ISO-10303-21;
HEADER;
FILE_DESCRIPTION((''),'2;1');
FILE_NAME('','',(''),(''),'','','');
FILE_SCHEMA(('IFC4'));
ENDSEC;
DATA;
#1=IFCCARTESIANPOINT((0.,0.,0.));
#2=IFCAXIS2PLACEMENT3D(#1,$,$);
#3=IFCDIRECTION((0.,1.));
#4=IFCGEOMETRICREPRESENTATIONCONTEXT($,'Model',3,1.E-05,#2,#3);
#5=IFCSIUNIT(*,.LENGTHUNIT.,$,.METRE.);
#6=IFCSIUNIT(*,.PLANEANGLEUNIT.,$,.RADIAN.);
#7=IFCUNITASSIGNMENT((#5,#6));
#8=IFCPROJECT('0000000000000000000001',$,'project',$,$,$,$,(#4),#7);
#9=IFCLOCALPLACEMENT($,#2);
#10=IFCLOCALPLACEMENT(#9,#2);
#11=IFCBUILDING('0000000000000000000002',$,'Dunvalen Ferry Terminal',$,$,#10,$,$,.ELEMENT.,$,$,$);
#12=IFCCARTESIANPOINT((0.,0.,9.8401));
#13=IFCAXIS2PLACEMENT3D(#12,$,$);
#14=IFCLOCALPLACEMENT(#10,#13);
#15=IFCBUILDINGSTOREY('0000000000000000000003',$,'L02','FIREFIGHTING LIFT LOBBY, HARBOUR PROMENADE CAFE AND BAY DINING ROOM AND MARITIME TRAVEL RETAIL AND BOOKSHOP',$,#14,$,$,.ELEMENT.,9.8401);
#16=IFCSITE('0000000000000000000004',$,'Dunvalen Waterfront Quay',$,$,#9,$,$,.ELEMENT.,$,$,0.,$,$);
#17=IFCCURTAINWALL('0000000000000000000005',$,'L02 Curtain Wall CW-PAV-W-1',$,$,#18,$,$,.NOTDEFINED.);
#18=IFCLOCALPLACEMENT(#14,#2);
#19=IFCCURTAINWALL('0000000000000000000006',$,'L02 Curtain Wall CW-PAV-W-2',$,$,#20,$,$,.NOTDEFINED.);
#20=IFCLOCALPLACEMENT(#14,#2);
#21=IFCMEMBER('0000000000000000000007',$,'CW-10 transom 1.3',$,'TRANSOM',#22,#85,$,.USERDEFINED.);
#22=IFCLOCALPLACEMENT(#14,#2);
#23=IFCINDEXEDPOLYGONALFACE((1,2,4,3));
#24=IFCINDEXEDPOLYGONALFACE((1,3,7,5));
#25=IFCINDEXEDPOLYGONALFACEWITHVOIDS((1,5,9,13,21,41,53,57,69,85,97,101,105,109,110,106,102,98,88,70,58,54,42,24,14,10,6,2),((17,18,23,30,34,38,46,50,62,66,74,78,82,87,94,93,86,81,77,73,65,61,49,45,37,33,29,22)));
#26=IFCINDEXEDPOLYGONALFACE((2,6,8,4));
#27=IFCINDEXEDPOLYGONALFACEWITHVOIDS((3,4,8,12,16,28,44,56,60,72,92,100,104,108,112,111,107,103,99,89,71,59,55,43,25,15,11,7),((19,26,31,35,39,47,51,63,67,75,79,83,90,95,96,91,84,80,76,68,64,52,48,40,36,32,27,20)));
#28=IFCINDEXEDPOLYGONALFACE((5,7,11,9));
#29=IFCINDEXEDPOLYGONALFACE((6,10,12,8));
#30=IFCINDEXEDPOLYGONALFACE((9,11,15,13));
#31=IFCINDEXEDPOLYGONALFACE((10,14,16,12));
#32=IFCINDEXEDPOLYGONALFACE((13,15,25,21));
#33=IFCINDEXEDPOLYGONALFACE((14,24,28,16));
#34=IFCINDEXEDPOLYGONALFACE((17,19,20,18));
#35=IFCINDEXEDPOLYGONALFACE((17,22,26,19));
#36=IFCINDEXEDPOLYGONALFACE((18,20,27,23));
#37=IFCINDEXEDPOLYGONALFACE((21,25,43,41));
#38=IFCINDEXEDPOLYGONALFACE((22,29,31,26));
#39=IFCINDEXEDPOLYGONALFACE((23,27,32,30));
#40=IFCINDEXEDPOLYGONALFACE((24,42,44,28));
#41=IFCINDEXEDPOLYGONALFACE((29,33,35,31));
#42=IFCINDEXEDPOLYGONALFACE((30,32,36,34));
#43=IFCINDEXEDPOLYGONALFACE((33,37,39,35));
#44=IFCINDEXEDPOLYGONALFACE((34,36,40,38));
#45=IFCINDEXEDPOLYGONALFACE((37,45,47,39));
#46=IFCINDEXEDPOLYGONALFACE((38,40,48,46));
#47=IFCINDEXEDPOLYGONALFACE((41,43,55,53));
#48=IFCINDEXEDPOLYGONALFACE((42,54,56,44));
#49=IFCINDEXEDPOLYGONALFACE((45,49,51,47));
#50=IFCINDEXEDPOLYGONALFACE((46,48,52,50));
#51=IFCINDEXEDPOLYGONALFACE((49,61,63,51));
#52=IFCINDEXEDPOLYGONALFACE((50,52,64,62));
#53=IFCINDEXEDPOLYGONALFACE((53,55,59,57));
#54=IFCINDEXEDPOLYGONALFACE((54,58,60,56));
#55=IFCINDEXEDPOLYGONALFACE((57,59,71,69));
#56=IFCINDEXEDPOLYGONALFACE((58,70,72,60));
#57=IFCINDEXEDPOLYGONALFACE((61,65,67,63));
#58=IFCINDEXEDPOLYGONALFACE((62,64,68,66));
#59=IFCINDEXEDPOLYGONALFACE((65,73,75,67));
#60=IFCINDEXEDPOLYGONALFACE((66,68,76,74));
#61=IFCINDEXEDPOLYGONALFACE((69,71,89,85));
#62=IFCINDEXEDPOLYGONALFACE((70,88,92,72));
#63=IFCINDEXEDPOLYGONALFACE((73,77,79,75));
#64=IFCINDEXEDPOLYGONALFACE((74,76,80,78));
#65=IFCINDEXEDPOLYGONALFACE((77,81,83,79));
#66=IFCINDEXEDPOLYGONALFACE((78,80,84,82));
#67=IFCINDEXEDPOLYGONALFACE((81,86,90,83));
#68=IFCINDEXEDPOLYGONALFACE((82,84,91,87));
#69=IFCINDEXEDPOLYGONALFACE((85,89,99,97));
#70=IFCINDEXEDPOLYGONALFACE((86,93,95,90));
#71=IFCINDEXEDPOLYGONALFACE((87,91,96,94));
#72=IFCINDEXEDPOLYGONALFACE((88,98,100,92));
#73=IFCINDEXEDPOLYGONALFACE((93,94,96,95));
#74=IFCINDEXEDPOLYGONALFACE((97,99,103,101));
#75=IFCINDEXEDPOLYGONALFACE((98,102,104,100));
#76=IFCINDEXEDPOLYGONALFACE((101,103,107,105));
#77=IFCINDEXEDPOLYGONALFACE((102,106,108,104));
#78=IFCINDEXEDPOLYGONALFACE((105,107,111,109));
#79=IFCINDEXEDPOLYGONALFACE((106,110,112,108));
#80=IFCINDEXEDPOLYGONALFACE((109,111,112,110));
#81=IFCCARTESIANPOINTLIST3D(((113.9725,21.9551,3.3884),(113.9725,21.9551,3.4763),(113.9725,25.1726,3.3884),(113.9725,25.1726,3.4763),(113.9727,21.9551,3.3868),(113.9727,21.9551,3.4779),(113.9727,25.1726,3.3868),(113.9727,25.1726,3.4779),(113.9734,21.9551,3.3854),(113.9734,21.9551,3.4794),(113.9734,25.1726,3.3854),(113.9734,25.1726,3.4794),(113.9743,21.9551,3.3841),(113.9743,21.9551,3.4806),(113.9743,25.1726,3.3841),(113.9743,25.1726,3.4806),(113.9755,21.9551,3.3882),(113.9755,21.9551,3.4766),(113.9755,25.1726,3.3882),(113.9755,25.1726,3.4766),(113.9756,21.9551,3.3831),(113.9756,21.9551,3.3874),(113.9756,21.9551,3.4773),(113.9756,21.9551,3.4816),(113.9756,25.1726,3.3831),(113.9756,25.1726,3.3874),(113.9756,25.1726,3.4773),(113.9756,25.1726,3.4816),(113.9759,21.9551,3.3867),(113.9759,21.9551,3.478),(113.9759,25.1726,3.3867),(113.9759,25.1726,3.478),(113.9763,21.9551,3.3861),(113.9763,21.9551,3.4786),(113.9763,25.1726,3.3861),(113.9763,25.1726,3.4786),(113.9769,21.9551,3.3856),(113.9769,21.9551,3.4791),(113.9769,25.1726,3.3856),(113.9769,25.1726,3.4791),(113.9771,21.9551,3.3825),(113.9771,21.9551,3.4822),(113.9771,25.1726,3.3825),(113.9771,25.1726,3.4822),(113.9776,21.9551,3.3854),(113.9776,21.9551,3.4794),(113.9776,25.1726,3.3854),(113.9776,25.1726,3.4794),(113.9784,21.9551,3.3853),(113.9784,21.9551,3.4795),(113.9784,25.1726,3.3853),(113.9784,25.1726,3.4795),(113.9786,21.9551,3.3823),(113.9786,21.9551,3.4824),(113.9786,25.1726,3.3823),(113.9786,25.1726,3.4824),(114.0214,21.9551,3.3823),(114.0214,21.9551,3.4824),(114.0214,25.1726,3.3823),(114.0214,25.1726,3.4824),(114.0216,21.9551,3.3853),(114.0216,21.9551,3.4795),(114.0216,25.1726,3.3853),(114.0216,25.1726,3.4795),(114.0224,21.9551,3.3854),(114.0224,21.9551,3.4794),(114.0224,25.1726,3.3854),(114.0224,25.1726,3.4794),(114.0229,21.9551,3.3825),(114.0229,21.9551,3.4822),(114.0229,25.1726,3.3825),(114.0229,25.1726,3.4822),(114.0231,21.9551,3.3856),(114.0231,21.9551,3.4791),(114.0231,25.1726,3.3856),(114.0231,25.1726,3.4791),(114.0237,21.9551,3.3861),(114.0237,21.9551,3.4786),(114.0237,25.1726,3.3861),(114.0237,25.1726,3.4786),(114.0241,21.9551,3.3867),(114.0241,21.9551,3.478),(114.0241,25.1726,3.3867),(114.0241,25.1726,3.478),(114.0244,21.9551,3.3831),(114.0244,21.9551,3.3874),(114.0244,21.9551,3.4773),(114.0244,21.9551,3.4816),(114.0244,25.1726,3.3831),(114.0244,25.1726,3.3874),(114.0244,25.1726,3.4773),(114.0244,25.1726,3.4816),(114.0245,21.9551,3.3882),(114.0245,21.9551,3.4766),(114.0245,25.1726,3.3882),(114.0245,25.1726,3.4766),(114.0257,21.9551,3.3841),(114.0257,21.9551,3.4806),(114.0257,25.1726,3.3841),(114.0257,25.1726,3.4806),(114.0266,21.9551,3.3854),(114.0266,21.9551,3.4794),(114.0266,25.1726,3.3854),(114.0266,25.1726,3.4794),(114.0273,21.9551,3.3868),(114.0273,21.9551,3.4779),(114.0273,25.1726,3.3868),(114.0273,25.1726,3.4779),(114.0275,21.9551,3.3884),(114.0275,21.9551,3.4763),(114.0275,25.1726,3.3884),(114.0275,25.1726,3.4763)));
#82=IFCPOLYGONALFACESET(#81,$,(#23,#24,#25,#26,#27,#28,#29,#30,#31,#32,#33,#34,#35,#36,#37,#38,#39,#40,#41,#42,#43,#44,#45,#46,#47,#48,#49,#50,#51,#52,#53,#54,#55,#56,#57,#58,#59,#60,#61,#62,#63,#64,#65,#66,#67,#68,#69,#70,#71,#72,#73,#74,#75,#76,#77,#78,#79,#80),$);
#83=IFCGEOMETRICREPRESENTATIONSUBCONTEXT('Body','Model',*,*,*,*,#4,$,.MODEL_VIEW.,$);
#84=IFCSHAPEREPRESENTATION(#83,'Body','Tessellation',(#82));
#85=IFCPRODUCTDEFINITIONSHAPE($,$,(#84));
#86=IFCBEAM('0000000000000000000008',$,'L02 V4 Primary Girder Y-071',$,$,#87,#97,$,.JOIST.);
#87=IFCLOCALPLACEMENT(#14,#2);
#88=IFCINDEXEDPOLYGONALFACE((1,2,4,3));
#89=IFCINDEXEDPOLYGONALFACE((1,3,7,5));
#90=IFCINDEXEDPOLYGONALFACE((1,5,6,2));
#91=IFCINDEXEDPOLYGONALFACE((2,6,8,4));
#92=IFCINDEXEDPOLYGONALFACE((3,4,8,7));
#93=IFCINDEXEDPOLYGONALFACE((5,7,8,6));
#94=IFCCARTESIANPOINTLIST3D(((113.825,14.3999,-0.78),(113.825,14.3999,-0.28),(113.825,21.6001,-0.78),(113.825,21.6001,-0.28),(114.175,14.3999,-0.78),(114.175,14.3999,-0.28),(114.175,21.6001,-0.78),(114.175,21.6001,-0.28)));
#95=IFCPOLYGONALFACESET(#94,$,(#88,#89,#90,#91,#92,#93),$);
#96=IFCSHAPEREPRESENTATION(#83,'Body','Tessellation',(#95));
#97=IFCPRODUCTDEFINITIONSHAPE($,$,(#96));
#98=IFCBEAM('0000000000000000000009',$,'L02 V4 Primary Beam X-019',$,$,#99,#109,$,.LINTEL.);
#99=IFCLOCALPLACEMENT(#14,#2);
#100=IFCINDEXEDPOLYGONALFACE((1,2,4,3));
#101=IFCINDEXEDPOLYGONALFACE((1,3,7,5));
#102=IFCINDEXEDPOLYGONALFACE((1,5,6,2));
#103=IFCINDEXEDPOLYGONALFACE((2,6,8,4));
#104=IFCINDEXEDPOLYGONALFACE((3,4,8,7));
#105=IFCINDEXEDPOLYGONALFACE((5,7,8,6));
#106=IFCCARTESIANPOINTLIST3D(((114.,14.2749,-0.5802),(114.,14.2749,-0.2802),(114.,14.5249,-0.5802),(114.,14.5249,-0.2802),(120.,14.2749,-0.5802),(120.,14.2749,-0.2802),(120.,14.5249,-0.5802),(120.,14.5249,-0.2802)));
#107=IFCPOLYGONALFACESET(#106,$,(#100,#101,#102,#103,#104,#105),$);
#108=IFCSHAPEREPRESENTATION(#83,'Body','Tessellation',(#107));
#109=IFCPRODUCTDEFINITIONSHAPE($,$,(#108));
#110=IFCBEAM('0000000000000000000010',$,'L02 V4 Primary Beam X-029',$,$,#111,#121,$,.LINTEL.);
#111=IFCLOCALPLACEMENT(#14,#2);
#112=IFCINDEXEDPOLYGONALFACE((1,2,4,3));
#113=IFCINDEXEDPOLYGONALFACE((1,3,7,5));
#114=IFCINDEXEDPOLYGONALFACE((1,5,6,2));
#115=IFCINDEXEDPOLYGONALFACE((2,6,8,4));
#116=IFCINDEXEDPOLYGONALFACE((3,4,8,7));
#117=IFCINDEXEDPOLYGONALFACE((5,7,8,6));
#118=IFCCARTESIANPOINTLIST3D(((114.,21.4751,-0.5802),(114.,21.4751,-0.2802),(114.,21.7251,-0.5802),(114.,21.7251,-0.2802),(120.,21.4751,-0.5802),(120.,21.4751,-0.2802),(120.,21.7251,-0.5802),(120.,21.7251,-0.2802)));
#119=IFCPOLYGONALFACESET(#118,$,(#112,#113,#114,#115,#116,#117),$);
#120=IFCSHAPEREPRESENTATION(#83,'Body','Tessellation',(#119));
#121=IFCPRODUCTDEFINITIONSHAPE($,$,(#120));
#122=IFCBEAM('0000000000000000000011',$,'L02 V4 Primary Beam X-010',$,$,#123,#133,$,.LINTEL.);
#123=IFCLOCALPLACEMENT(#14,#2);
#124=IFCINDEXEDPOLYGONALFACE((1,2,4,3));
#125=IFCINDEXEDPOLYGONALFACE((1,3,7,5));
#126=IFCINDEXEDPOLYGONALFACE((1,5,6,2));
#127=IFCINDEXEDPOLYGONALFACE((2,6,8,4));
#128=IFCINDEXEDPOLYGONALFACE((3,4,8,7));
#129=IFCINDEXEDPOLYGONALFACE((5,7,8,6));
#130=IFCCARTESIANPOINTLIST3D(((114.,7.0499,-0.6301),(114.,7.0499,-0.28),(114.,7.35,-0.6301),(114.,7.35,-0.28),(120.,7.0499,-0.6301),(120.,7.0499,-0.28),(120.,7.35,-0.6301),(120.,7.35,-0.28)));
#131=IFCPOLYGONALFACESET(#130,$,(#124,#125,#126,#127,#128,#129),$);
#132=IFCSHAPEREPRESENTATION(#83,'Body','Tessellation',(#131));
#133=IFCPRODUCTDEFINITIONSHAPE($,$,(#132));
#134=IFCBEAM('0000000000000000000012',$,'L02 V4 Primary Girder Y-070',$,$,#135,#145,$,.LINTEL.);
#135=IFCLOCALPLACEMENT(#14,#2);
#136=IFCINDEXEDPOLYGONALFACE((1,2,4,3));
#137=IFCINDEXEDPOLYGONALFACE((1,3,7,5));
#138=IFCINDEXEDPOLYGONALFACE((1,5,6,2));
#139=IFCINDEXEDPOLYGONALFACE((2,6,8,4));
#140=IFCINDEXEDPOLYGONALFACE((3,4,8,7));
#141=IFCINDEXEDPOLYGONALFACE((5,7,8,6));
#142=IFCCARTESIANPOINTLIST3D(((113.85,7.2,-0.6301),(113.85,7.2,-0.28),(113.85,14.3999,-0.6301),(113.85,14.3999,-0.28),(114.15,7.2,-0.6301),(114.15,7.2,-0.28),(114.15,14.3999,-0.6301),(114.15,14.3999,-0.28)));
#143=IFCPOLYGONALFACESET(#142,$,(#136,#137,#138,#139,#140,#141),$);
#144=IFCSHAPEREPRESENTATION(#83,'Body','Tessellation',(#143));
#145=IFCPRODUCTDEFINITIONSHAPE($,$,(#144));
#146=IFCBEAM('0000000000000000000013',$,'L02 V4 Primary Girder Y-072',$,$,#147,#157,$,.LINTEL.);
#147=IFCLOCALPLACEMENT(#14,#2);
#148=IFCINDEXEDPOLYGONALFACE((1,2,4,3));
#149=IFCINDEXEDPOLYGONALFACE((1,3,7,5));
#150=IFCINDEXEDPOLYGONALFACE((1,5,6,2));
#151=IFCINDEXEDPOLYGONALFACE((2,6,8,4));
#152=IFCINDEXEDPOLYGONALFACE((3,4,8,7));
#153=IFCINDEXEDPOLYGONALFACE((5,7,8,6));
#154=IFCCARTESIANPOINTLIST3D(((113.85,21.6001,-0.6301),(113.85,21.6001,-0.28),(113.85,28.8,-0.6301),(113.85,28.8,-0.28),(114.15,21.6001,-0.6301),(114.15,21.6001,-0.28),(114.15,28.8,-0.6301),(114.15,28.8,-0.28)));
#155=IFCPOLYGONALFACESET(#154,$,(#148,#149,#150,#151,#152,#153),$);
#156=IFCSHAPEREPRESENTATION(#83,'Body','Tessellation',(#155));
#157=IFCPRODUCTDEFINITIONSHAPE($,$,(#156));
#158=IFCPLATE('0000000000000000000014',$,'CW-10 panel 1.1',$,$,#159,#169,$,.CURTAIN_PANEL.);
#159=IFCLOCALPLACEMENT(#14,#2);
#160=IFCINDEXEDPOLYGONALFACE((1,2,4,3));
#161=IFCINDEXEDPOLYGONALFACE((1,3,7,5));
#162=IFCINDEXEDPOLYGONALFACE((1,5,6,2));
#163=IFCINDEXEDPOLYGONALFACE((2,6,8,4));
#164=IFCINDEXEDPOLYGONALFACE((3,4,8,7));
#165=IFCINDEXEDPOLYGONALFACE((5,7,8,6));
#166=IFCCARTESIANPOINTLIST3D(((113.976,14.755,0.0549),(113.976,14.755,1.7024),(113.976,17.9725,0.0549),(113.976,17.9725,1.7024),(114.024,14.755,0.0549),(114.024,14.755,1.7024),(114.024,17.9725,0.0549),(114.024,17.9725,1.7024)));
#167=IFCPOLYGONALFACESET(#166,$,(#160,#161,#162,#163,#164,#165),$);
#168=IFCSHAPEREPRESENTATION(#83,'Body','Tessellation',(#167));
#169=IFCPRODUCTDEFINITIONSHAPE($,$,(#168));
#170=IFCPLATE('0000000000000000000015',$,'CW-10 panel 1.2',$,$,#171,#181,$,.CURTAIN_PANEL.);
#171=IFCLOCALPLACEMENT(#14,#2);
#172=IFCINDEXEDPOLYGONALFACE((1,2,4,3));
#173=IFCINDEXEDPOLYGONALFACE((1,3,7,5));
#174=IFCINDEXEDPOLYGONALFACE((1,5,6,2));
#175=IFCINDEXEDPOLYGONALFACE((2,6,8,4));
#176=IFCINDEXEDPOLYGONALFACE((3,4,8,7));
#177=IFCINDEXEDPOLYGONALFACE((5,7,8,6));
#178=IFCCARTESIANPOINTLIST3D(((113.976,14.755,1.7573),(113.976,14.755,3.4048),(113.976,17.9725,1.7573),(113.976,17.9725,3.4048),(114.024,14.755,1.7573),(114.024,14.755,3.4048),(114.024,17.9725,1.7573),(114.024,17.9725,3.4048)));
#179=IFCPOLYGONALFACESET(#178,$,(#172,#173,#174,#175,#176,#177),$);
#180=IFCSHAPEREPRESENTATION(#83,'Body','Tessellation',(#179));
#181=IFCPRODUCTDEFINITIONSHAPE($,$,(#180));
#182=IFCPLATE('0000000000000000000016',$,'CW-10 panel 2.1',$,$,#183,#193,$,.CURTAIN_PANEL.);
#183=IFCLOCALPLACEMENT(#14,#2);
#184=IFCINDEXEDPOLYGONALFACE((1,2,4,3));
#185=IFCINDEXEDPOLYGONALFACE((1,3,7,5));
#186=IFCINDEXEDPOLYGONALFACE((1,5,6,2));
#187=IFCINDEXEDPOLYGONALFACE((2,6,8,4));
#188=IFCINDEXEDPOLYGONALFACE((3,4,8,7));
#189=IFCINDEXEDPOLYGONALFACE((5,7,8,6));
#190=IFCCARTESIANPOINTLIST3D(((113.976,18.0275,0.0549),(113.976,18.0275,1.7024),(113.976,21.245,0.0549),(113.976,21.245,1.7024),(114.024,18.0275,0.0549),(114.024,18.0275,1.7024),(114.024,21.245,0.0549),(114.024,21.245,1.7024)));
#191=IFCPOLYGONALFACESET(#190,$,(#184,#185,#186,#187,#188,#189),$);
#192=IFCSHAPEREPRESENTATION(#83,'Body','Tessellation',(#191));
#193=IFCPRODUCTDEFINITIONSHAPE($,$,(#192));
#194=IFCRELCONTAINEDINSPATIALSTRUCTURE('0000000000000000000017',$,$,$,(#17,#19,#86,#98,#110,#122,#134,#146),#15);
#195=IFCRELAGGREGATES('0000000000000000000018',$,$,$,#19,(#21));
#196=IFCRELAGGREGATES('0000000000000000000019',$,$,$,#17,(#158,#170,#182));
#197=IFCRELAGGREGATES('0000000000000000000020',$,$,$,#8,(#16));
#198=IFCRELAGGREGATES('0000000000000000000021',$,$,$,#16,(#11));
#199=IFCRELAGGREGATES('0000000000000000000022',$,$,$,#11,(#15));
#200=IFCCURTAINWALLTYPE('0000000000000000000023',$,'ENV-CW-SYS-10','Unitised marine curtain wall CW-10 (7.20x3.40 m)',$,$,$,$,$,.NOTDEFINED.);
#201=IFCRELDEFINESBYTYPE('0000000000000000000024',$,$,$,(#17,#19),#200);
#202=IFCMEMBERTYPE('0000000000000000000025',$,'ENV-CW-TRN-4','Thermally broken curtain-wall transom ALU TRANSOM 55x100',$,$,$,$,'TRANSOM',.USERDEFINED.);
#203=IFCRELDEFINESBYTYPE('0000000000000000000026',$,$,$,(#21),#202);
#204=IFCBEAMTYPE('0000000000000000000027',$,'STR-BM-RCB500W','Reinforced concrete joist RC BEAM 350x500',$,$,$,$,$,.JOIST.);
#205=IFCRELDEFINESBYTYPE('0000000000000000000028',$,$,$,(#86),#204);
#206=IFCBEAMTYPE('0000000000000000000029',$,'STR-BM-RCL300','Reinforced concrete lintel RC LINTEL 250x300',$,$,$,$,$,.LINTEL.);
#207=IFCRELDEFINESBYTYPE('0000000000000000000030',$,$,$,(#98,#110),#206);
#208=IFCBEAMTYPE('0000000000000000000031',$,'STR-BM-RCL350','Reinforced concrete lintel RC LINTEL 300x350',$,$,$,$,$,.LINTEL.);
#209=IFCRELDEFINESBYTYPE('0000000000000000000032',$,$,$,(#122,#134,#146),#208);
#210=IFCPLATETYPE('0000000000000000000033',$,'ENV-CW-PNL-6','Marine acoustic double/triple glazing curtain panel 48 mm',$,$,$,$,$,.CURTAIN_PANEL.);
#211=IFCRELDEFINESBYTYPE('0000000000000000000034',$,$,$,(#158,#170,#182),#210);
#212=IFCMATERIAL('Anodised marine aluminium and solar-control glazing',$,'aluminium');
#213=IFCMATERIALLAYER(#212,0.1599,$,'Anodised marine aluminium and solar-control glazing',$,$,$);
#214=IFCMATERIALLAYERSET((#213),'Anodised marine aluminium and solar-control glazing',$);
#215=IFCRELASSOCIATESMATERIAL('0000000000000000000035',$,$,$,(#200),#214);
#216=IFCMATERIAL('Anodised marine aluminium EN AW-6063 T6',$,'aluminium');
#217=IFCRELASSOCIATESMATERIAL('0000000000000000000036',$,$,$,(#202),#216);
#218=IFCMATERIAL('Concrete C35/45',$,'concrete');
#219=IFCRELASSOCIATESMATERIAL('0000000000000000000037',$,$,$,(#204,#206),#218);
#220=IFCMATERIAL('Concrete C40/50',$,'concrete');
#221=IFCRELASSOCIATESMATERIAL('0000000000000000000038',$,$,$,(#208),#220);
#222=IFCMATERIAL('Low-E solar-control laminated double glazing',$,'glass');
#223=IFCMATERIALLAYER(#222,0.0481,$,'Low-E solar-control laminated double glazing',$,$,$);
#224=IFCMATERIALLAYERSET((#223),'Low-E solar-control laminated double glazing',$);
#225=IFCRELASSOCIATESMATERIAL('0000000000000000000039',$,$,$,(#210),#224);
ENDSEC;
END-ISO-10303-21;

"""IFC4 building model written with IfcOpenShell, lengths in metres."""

from ifc_helpers import new_model, si_unit, direction, frame, origin, origin_2d, place, context, subcontext, project, spatial, rectangle, hollow_rectangle, extrude, material, layer, layer_set, material_profile, profile_set, type_object, element, aggregate, save


model = new_model("IFC4")

# Units and contexts
model_context = context("Model", 3, precision=1e-05, world=origin(), true_north=direction((0.0, 1.0)))
body_context = subcontext(model_context, "Body", "Model", "MODEL_VIEW")
ifc_project = project(units=[si_unit("LENGTHUNIT", "METRE"), si_unit("PLANEANGLEUNIT", "RADIAN")], contexts=[model_context])

# Site, building, storey
site_placement = place(None, origin())
site = spatial("IfcSite", under=ifc_project, at=site_placement, Name="Dunvalen Waterfront Quay", CompositionType="ELEMENT", RefElevation=0.0)
building_placement = place(site_placement, origin())
building = spatial("IfcBuilding", under=site, at=building_placement, Name="Dunvalen Ferry Terminal", CompositionType="ELEMENT")
storey_placement = place(building_placement, frame((0.0, 0.0, 9.8401)))
storey = spatial("IfcBuildingStorey", under=building, at=storey_placement, Name="L02", Description="FIREFIGHTING LIFT LOBBY, HARBOUR PROMENADE CAFE AND BAY DINING ROOM AND MARITIME TRAVEL RETAIL AND BOOKSHOP", CompositionType="ELEMENT", Elevation=9.8401)

# Curtain wall
ifc_material_1 = material(Name="Anodised marine aluminium and solar-control glazing", Category="aluminium")
ifc_layer_1 = layer(ifc_material_1, 0.1599, Name="Anodised marine aluminium and solar-control glazing")
ifc_layer_set_1 = layer_set([ifc_layer_1], Name="Anodised marine aluminium and solar-control glazing")
curtain_wall_type = type_object("IfcCurtainWallType", Name="ENV-CW-SYS-10", Description="Unitised marine curtain wall CW-10 (7.20x3.40 m)", PredefinedType="NOTDEFINED", material=ifc_layer_set_1)
curtain_wall_1_placement = place(storey_placement, origin())
curtain_wall_1 = element("IfcCurtainWall", 1, at=curtain_wall_1_placement, inside=storey, type_object=curtain_wall_type, Name="L02 Curtain Wall CW-PAV-W-1", PredefinedType="NOTDEFINED")
ifc_material_2 = material(Name="Anodised marine aluminium EN AW-6063 T6", Category="aluminium")

# Curtain wall
curtain_wall_2_placement = place(storey_placement, origin())
curtain_wall_2 = element("IfcCurtainWall", 2, at=curtain_wall_2_placement, inside=storey, type_object=curtain_wall_type, Name="L02 Curtain Wall CW-PAV-W-2", PredefinedType="NOTDEFINED")

# Member
ifc_material_profile_1 = material_profile(ifc_material_2, hollow_rectangle(XDim=0.0549, YDim=0.1001, WallThickness=0.0029, InnerFilletRadius=0.0029, OuterFilletRadius=0.0061, at=origin_2d()), Name="Anodised marine aluminium EN AW-6063 T6")
ifc_profile_set_1 = profile_set([ifc_material_profile_1], Name="Anodised marine aluminium EN AW-6063 T6")
member_type_1 = type_object("IfcMemberType", Name="ENV-CW-TRN-4", Description="Thermally broken curtain-wall transom ALU TRANSOM 55x100", ElementType="TRANSOM", PredefinedType="USERDEFINED", material=ifc_profile_set_1)
member_1_placement = place(storey_placement, frame((114.0, 21.9551, 3.4324), z_axis=(0.0, 1.0, 0.0), x_axis=(-1.0, 0.0, 0.0)))
member_1 = element("IfcMember", 3, at=member_1_placement, type_object=member_type_1, Name="CW-10 transom 1.3", ObjectType="TRANSOM", PredefinedType="USERDEFINED", context=body_context, shape_type="SweptSolid", body=[
    extrude(hollow_rectangle(XDim=0.0549, YDim=0.1001, WallThickness=0.0029, InnerFilletRadius=0.0029, OuterFilletRadius=0.0061, at=origin_2d()), origin(), (0.0, 0.0, 1.0), 3.2175),
])
aggregate(curtain_wall_2, [member_1])

# Beams
ifc_material_3 = material(Name="Concrete C35/45", Category="concrete")
ifc_material_profile_2 = material_profile(ifc_material_3, rectangle(XDim=0.3501, YDim=0.5, at=origin_2d()), Name="Concrete C35/45")
ifc_profile_set_2 = profile_set([ifc_material_profile_2], Name="Concrete C35/45")
beam_type_1 = type_object("IfcBeamType", Name="STR-BM-RCB500W", Description="Reinforced concrete joist RC BEAM 350x500", PredefinedType="JOIST", material=ifc_profile_set_2)
beam_1_placement = place(storey_placement, frame((114.0, 14.3999, -0.53), z_axis=(0.0, 1.0, 0.0), x_axis=(-1.0, 0.0, 0.0)))
element("IfcBeam", 4, at=beam_1_placement, inside=storey, type_object=beam_type_1, Name="L02 V4 Primary Girder Y-071", PredefinedType="JOIST", context=body_context, shape_type="SweptSolid", body=[
    extrude(rectangle(XDim=0.3501, YDim=0.5, at=origin_2d()), origin(), (0.0, 0.0, 1.0), 7.2002),
])
ifc_material_profile_3 = material_profile(ifc_material_3, rectangle(XDim=0.25, YDim=0.3, at=origin_2d()), Name="Concrete C35/45")
ifc_profile_set_3 = profile_set([ifc_material_profile_3], Name="Concrete C35/45")
beam_type_2 = type_object("IfcBeamType", Name="STR-BM-RCL300", Description="Reinforced concrete lintel RC LINTEL 250x300", PredefinedType="LINTEL", material=ifc_profile_set_3)
for number, where, z_axis, x_axis, name in (
    (5, (114.0, 14.3999, -0.4302), (1.0, 0.0, 0.0), (0.0, 1.0, 0.0), "L02 V4 Primary Beam X-019"),
    (6, (114.0, 21.6001, -0.4302), (1.0, 0.0, 0.0), (0.0, 1.0, 0.0), "L02 V4 Primary Beam X-029"),
):
    element("IfcBeam", number, at=place(storey_placement, frame(where, z_axis=z_axis, x_axis=x_axis)), inside=storey, type_object=beam_type_2, Name=name, PredefinedType="LINTEL", context=body_context, shape_type="SweptSolid", body=[
        extrude(rectangle(XDim=0.25, YDim=0.3, at=origin_2d()), origin(), (0.0, 0.0, 1.0), 6.0),
    ])
ifc_material_4 = material(Name="Concrete C40/50", Category="concrete")
ifc_material_profile_4 = material_profile(ifc_material_4, rectangle(XDim=0.3, YDim=0.3501, at=origin_2d()), Name="Concrete C40/50")
ifc_profile_set_4 = profile_set([ifc_material_profile_4], Name="Concrete C40/50")
beam_type_3 = type_object("IfcBeamType", Name="STR-BM-RCL350", Description="Reinforced concrete lintel RC LINTEL 300x350", PredefinedType="LINTEL", material=ifc_profile_set_4)
beam_2_placement = place(storey_placement, frame((114.0, 7.2, -0.4551), z_axis=(1.0, 0.0, 0.0), x_axis=(0.0, 1.0, 0.0)))
element("IfcBeam", 7, at=beam_2_placement, inside=storey, type_object=beam_type_3, Name="L02 V4 Primary Beam X-010", PredefinedType="LINTEL", context=body_context, shape_type="SweptSolid", body=[
    extrude(rectangle(XDim=0.3, YDim=0.3501, at=origin_2d()), origin(), (0.0, 0.0, 1.0), 6.0),
])
for number, where, z_axis, x_axis, name in (
    (8, (114.0, 7.2, -0.4551), (0.0, 1.0, 0.0), (-1.0, 0.0, 0.0), "L02 V4 Primary Girder Y-070"),
    (9, (114.0, 21.6001, -0.4551), (0.0, 1.0, 0.0), (-1.0, 0.0, 0.0), "L02 V4 Primary Girder Y-072"),
):
    element("IfcBeam", number, at=place(storey_placement, frame(where, z_axis=z_axis, x_axis=x_axis)), inside=storey, type_object=beam_type_3, Name=name, PredefinedType="LINTEL", context=body_context, shape_type="SweptSolid", body=[
        extrude(rectangle(XDim=0.3, YDim=0.3501, at=origin_2d()), origin(), (0.0, 0.0, 1.0), 7.2),
    ])

# Plates
ifc_material_5 = material(Name="Low-E solar-control laminated double glazing", Category="glass")
ifc_layer_2 = layer(ifc_material_5, 0.0481, Name="Low-E solar-control laminated double glazing")
ifc_layer_set_2 = layer_set([ifc_layer_2], Name="Low-E solar-control laminated double glazing")
plate_type = type_object("IfcPlateType", Name="ENV-CW-PNL-6", Description="Marine acoustic double/triple glazing curtain panel 48 mm", PredefinedType="CURTAIN_PANEL", material=ifc_layer_set_2)
plate_1_placement = place(storey_placement, frame((114.0, 16.3638, 0.0549), z_axis=(0.0, 0.0, 1.0), x_axis=(0.0, 1.0, 0.0)))
plate_1 = element("IfcPlate", 10, at=plate_1_placement, type_object=plate_type, Name="CW-10 panel 1.1", PredefinedType="CURTAIN_PANEL", context=body_context, shape_type="SweptSolid", body=[
    extrude(rectangle(XDim=3.2175, YDim=0.0481, at=origin_2d()), origin(), (0.0, 0.0, 1.0), 1.6475),
])
plate_2_placement = place(storey_placement, frame((114.0, 16.3638, 1.7573), z_axis=(0.0, 0.0, 1.0), x_axis=(0.0, 1.0, 0.0)))
plate_2 = element("IfcPlate", 11, at=plate_2_placement, type_object=plate_type, Name="CW-10 panel 1.2", PredefinedType="CURTAIN_PANEL", context=body_context, shape_type="SweptSolid", body=[
    extrude(rectangle(XDim=3.2175, YDim=0.0481, at=origin_2d()), origin(), (0.0, 0.0, 1.0), 1.6475),
])
plate_3_placement = place(storey_placement, frame((114.0, 19.6362, 0.0549), z_axis=(0.0, 0.0, 1.0), x_axis=(0.0, 1.0, 0.0)))
plate_3 = element("IfcPlate", 12, at=plate_3_placement, type_object=plate_type, Name="CW-10 panel 2.1", PredefinedType="CURTAIN_PANEL", context=body_context, shape_type="SweptSolid", body=[
    extrude(rectangle(XDim=3.2175, YDim=0.0481, at=origin_2d()), origin(), (0.0, 0.0, 1.0), 1.6475),
])
aggregate(curtain_wall_1, [plate_1, plate_2, plate_3])

save(model, "model.ifc")
